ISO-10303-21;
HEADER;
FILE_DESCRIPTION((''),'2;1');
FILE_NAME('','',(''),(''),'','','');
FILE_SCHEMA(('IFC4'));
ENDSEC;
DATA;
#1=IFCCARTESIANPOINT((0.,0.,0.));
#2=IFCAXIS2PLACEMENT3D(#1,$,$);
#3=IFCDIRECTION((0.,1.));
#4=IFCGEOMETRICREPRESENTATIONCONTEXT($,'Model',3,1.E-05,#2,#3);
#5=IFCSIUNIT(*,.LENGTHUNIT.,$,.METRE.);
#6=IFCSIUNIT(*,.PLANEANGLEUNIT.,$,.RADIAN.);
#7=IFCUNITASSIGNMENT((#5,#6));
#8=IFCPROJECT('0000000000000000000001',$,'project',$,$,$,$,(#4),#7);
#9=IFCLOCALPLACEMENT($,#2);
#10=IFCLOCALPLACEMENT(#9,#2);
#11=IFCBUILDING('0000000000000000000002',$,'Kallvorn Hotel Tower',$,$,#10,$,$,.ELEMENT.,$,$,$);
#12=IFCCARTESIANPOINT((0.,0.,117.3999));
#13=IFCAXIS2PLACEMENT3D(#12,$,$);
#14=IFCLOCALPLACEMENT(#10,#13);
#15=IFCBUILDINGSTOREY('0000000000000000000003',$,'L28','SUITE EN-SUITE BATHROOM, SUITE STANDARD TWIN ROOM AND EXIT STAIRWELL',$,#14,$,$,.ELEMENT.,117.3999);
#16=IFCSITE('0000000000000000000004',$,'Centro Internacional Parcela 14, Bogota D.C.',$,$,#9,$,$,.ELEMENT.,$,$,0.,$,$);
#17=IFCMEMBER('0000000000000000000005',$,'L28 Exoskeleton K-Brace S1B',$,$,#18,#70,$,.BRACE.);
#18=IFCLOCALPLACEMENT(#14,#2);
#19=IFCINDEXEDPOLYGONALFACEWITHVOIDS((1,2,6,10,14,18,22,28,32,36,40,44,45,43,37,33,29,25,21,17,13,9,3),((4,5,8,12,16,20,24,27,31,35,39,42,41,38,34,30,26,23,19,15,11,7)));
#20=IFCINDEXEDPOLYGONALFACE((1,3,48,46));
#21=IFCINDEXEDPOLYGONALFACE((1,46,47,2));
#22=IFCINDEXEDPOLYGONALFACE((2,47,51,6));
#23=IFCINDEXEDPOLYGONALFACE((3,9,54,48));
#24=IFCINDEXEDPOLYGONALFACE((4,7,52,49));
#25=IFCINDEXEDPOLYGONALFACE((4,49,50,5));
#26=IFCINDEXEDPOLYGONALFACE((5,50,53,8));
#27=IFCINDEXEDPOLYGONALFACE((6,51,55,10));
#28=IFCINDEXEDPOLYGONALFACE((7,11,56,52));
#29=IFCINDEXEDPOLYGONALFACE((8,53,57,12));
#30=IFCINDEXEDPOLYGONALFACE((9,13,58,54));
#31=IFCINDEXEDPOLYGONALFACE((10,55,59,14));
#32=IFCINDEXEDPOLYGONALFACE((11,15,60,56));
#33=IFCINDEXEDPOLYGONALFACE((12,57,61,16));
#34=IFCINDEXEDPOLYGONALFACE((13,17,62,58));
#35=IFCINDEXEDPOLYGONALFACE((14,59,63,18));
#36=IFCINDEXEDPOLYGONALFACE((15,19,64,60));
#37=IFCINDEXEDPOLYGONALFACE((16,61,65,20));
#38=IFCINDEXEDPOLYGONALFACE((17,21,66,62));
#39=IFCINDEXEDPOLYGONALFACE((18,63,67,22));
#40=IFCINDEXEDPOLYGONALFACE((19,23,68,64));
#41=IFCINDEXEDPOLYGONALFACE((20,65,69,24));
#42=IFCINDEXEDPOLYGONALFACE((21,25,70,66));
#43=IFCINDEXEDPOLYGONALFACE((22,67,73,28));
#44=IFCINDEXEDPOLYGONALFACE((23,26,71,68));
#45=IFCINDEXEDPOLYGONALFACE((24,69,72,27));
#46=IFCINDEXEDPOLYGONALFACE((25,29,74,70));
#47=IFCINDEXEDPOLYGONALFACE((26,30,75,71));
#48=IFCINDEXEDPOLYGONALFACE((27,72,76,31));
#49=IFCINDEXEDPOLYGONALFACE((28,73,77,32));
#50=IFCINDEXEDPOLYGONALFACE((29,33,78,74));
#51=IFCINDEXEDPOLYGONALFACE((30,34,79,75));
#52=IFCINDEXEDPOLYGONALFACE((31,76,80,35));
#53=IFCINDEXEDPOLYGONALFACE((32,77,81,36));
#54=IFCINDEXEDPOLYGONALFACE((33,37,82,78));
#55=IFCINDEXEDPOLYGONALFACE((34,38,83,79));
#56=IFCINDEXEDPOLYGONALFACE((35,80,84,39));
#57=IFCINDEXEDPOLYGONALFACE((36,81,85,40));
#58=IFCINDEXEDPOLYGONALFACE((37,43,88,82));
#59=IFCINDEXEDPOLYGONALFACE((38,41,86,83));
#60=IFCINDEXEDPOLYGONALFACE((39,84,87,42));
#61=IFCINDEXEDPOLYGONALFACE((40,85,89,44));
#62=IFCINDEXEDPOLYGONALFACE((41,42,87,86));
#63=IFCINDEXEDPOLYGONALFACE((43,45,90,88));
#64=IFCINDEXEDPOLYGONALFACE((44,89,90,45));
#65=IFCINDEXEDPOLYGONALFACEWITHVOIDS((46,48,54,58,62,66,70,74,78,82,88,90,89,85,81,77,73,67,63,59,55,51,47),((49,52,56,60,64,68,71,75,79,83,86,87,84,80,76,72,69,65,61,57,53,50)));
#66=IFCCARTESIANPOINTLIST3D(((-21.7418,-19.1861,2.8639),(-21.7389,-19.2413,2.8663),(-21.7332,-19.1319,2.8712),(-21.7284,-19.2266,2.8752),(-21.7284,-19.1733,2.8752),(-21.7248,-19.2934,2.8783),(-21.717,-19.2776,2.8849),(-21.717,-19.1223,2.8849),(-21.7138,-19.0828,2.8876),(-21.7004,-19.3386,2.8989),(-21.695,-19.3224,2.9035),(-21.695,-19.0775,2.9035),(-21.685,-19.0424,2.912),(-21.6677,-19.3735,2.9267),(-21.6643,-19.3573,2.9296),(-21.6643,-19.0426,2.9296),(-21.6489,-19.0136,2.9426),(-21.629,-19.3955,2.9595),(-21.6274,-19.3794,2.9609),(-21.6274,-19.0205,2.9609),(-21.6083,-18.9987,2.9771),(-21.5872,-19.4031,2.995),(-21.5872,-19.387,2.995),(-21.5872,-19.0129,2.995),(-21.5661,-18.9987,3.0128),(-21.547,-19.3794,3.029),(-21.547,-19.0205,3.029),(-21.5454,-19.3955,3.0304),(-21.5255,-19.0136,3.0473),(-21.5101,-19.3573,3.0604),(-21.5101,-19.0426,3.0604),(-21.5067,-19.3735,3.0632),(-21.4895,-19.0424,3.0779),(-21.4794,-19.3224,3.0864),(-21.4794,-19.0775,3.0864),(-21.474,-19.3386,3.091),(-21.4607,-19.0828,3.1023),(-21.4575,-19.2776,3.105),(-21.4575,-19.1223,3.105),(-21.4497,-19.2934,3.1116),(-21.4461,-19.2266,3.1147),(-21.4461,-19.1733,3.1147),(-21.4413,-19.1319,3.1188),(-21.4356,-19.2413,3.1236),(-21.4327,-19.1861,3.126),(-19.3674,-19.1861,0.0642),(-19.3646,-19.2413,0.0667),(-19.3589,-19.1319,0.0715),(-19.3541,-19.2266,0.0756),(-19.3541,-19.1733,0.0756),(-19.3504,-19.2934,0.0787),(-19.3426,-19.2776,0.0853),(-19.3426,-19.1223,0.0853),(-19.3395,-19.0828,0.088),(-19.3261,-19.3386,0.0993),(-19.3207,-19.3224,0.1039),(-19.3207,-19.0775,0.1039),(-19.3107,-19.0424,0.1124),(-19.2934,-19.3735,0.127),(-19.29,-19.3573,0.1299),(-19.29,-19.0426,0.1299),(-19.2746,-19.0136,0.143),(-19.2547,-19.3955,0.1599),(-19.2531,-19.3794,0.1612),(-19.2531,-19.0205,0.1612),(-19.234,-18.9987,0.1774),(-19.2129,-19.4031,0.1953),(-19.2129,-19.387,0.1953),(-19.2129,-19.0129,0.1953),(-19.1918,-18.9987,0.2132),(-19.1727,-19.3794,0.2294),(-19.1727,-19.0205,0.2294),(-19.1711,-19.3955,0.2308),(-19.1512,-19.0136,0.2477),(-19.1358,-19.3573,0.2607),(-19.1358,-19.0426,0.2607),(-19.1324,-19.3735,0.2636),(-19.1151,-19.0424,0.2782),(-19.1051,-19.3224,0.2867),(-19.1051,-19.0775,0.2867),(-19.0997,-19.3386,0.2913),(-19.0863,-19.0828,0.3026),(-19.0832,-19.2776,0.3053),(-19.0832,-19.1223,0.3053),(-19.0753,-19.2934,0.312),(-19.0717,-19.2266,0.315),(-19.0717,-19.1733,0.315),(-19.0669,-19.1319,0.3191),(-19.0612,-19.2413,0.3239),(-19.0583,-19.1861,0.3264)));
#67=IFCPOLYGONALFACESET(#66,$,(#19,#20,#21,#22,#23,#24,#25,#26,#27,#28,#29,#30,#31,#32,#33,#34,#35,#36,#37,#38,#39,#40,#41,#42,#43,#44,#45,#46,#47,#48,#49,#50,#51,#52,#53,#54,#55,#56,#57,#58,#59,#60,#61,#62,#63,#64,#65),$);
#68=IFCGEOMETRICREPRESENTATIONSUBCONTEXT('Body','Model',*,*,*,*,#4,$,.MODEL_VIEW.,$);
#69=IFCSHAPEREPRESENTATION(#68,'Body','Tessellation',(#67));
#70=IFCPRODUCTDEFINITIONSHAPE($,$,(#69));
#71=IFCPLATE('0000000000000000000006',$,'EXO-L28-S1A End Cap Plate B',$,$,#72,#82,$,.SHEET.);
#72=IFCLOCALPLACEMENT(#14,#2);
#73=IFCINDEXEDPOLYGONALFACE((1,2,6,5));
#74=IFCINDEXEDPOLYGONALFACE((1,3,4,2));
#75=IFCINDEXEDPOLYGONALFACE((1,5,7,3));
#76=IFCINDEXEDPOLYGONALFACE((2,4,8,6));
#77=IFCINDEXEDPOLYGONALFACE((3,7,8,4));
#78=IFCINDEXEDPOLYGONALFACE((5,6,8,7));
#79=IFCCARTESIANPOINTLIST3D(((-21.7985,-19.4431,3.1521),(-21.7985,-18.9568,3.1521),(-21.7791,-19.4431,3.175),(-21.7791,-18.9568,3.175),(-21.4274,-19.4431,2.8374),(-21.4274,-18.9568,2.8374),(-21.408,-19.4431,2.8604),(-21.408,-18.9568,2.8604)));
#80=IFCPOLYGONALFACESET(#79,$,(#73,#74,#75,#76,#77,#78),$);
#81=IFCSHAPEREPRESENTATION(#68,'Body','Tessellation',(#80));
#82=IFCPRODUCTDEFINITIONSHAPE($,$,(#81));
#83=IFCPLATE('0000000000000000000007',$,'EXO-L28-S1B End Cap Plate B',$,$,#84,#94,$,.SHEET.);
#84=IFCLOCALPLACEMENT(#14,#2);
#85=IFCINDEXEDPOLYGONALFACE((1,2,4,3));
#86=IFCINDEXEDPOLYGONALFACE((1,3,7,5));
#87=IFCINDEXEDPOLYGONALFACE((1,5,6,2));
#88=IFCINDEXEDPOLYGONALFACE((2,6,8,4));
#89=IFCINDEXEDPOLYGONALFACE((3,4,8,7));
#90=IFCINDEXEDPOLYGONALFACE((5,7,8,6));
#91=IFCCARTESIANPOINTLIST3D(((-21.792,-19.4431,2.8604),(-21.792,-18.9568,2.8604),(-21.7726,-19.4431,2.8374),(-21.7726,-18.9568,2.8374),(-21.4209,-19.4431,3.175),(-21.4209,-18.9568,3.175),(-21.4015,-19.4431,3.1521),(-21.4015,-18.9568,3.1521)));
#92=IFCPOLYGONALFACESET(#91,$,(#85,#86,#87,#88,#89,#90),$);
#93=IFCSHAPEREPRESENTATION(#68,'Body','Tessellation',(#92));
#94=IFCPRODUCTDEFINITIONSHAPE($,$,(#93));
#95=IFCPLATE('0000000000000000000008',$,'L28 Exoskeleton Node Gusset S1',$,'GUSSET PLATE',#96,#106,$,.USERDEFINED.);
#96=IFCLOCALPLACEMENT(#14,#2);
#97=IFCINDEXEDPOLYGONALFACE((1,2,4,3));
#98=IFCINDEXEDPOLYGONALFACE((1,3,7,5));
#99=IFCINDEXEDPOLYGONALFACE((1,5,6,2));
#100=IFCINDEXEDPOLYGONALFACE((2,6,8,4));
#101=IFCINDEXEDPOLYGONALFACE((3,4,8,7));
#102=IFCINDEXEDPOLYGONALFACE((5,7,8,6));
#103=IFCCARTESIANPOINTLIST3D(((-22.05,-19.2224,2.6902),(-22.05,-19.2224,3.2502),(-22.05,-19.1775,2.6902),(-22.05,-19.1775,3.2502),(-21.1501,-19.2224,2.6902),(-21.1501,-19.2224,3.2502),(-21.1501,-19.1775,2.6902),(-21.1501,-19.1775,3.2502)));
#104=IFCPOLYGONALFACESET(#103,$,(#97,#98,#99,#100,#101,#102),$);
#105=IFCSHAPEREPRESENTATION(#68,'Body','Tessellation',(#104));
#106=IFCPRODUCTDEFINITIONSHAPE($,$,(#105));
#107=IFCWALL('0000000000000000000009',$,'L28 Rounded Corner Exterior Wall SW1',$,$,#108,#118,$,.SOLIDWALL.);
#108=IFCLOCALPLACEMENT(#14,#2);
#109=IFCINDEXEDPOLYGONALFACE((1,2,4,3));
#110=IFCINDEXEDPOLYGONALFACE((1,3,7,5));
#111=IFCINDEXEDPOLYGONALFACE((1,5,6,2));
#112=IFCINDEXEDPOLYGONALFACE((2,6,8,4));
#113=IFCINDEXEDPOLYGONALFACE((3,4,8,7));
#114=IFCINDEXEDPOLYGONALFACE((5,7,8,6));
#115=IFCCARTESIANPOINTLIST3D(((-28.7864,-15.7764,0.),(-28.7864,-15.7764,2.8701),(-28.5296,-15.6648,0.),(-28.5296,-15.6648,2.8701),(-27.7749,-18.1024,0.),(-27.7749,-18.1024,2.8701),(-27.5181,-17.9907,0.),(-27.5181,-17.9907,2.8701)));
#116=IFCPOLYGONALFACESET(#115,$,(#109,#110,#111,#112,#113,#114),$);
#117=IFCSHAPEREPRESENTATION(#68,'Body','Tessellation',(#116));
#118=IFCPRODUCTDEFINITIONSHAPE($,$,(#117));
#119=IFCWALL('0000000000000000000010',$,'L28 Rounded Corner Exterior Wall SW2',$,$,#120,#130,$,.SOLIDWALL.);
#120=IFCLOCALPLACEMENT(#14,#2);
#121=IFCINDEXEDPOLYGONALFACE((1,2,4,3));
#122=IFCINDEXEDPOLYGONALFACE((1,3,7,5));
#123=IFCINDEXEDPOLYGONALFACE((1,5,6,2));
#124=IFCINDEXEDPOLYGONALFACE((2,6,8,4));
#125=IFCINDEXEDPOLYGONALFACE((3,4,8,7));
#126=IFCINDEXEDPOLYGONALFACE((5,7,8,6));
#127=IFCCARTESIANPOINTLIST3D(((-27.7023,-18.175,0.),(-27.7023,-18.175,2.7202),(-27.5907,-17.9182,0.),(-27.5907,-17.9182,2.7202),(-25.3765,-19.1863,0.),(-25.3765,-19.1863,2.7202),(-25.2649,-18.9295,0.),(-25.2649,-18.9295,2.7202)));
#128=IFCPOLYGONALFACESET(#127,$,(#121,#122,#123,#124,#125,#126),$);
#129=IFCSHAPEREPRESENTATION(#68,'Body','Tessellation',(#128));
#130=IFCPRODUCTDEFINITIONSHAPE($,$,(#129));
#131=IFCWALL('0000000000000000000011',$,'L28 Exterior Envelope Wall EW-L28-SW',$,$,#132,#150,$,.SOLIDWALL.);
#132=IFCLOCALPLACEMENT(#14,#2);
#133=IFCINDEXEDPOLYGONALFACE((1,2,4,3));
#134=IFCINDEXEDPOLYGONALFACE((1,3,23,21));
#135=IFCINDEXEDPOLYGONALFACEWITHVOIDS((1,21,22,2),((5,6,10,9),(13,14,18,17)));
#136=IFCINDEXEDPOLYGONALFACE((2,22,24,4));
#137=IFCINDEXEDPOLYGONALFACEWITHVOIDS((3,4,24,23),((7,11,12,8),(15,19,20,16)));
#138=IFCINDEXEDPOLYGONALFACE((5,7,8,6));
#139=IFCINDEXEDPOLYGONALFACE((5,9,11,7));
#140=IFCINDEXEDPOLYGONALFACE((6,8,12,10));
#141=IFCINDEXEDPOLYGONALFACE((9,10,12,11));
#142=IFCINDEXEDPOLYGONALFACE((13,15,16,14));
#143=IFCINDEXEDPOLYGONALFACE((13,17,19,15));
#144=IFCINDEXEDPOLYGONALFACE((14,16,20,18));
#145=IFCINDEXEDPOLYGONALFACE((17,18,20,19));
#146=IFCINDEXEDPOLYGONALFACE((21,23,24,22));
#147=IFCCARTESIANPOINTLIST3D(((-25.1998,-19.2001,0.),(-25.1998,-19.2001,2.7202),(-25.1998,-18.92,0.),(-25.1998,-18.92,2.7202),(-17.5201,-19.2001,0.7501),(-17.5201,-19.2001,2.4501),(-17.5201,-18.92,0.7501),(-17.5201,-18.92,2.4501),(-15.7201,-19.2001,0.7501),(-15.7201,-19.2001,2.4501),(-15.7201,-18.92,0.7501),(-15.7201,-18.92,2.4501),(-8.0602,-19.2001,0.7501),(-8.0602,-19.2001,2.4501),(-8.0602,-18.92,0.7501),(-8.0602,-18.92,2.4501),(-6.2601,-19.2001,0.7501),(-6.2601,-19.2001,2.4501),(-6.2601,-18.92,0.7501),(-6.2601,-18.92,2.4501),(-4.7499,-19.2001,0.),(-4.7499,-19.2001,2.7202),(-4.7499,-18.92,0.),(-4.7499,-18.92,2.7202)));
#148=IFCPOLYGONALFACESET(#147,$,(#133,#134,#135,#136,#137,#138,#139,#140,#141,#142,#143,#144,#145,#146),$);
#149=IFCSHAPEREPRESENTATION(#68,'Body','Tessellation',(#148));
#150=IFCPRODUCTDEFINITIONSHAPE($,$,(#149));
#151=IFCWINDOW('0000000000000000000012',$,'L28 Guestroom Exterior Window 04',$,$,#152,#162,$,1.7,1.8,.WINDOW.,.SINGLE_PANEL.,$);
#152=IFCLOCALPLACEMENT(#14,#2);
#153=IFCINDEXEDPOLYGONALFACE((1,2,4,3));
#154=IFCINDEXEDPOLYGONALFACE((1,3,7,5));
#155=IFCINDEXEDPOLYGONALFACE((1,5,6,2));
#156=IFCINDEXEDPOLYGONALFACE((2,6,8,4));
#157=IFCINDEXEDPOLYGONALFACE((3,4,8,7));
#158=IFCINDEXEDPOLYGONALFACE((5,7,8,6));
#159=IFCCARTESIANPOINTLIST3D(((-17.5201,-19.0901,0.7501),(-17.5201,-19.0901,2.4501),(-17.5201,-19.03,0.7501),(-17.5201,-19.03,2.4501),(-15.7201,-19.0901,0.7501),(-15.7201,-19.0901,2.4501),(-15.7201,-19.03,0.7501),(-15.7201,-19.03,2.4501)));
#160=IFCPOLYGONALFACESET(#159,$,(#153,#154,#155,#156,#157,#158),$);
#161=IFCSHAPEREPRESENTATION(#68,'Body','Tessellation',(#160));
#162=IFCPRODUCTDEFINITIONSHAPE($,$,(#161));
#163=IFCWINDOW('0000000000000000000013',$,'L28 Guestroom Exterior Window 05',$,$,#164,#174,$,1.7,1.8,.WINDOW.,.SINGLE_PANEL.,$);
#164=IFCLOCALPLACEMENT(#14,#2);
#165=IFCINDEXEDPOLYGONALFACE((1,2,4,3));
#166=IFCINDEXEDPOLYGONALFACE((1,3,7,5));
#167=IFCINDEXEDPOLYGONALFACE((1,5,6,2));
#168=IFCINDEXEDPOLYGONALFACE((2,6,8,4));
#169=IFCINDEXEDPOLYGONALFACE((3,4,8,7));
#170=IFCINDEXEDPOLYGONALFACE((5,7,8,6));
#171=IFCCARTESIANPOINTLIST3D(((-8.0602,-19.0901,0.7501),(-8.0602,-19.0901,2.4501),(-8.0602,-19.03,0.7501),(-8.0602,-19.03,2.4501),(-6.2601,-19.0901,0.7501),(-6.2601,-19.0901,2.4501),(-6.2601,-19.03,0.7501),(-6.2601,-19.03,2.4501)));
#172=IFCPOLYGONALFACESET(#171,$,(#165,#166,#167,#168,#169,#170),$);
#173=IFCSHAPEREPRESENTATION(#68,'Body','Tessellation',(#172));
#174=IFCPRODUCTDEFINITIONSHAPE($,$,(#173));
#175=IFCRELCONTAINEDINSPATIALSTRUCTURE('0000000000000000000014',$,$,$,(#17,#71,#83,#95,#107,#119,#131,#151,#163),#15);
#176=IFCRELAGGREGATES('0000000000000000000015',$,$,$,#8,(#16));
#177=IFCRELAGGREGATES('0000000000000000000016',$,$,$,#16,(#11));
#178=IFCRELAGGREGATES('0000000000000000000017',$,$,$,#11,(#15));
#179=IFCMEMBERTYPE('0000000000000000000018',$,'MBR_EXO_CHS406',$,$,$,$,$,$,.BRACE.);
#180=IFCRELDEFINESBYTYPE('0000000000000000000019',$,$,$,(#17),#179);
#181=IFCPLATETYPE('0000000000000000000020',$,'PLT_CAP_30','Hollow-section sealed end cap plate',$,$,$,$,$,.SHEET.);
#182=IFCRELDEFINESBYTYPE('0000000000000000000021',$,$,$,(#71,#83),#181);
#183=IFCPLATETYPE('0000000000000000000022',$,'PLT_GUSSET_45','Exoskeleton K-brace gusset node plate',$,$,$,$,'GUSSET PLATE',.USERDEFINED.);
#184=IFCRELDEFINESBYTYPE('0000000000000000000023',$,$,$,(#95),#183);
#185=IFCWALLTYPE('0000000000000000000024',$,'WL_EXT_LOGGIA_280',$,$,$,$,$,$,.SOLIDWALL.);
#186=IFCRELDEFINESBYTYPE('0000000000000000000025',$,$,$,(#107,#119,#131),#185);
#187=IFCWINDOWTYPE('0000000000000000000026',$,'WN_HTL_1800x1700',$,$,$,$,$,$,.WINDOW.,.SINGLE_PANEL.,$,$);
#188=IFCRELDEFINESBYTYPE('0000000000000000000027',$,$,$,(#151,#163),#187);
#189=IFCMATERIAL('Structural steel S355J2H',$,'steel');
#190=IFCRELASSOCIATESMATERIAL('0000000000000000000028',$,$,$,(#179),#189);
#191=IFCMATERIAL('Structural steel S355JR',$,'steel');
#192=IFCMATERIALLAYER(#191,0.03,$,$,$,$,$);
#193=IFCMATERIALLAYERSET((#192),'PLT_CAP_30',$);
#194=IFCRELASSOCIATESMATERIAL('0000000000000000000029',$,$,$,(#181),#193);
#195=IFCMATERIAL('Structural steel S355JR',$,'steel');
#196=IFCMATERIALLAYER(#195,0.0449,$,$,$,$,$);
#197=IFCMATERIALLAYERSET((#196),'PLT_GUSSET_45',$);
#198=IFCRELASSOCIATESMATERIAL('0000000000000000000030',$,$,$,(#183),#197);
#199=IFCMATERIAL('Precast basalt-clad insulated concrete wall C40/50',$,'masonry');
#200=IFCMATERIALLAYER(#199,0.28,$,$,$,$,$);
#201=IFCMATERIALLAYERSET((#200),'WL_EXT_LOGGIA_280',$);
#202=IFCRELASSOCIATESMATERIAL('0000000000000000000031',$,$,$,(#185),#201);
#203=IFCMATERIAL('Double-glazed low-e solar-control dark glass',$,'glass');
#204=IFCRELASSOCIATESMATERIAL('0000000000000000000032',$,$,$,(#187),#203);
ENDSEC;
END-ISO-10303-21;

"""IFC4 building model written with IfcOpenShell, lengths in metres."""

from ifc_helpers import new_model, si_unit, direction, frame, frame_2d, origin, origin_2d, place, context, subcontext, project, spatial, polyline, rectangle, hollow_circle, outline, extrude, material, layer, layer_set, material_profile, profile_set, type_object, element, fill, save


model = new_model("IFC4")

# Units and contexts
model_context = context("Model", 3, precision=1e-05, world=origin(), true_north=direction((0.0, 1.0)))
body_context = subcontext(model_context, "Body", "Model", "MODEL_VIEW")
ifc_project = project(units=[si_unit("LENGTHUNIT", "METRE"), si_unit("PLANEANGLEUNIT", "RADIAN")], contexts=[model_context])

# Site, building, storey
site_placement = place(None, origin())
site = spatial("IfcSite", under=ifc_project, at=site_placement, Name="Centro Internacional Parcela 14, Bogota D.C.", CompositionType="ELEMENT", RefElevation=0.0)
building_placement = place(site_placement, origin())
building = spatial("IfcBuilding", under=site, at=building_placement, Name="Kallvorn Hotel Tower", CompositionType="ELEMENT")
storey_placement = place(building_placement, frame((0.0, 0.0, 117.3999)))
storey = spatial("IfcBuildingStorey", under=building, at=storey_placement, Name="L28", Description="SUITE EN-SUITE BATHROOM, SUITE STANDARD TWIN ROOM AND EXIT STAIRWELL", CompositionType="ELEMENT", Elevation=117.3999)

# Member
ifc_material_1 = material(Name="Structural steel S355J2H", Category="steel")
ifc_material_profile_1 = material_profile(ifc_material_1, hollow_circle(Radius=0.2031, WallThickness=0.0161, at=origin_2d()), Name="CHS 406.4x16")
ifc_profile_set_1 = profile_set([ifc_material_profile_1], Name="Structural steel S355J2H")
member_type = type_object("IfcMemberType", Name="MBR_EXO_CHS406", PredefinedType="BRACE", material=ifc_profile_set_1)
for number, where, z_axis, x_axis, name in (
    (1, (-19.2129, -19.2, 0.1953), (-0.6468, 0.0, 0.762659), (0.0, -1.0, 0.0), "L28 Exoskeleton K-Brace S1B"),
):
    element("IfcMember", number, at=place(storey_placement, frame(where, z_axis=z_axis, x_axis=x_axis)), inside=storey, type_object=member_type, Name=name, PredefinedType="BRACE", context=body_context, shape_type="SweptSolid", body=[
        extrude(hollow_circle(Radius=0.2031, WallThickness=0.0161, at=origin_2d()), origin(), (0.0, 0.0, 1.0), 3.6709),
    ])

# Plates
ifc_material_2 = material(Name="Structural steel S355JR", Category="steel")
ifc_layer_1 = layer(ifc_material_2, 0.03)
ifc_layer_set_1 = layer_set([ifc_layer_1], Name="PLT_CAP_30")
plate_type_1 = type_object("IfcPlateType", Name="PLT_CAP_30", Description="Hollow-section sealed end cap plate", PredefinedType="SHEET", material=ifc_layer_set_1)
for number, where, z_axis, x_axis, name in (
    (2, (-21.408, -19.4431, 2.8604), (0.646774, 0.0, 0.762682), (0.0, 1.0, 0.0), "EXO-L28-S1A End Cap Plate B"),
    (3, (-21.792, -18.9568, 2.8604), (-0.646774, 0.0, 0.762682), (0.0, -1.0, 0.0), "EXO-L28-S1B End Cap Plate B"),
):
    element("IfcPlate", number, at=place(storey_placement, frame(where, z_axis=z_axis, x_axis=x_axis)), inside=storey, type_object=plate_type_1, Name=name, PredefinedType="SHEET", context=body_context, shape_type="SweptSolid", body=[
        extrude(outline(polyline([(0.0, 0.0), (0.4863, 0.0), (0.4863, 0.4866), (0.0, 0.4866), (0.0, 0.0)])), origin(), (0.0, 0.0, -1.0), 0.03),
    ])
ifc_material_3 = material(Name="Structural steel S355JR", Category="steel")
ifc_layer_2 = layer(ifc_material_3, 0.0449)
ifc_layer_set_2 = layer_set([ifc_layer_2], Name="PLT_GUSSET_45")
plate_type_2 = type_object("IfcPlateType", Name="PLT_GUSSET_45", Description="Exoskeleton K-brace gusset node plate", ElementType="GUSSET PLATE", PredefinedType="USERDEFINED", material=ifc_layer_set_2)
plate_placement = place(storey_placement, frame((-21.6001, -19.2, 2.6902), z_axis=(0.0, 0.0, 1.0), x_axis=(1.0, 0.0, 0.0)))
element("IfcPlate", 4, at=plate_placement, inside=storey, type_object=plate_type_2, Name="L28 Exoskeleton Node Gusset S1", ObjectType="GUSSET PLATE", PredefinedType="USERDEFINED", context=body_context, shape_type="SweptSolid", body=[
    extrude(rectangle(XDim=0.8999, YDim=0.0449, at=origin_2d()), origin(), (0.0, 0.0, 1.0), 0.5601),
])

# Walls
ifc_material_4 = material(Name="Precast basalt-clad insulated concrete wall C40/50", Category="masonry")
ifc_layer_3 = layer(ifc_material_4, 0.28)
ifc_layer_set_3 = layer_set([ifc_layer_3], Name="WL_EXT_LOGGIA_280")
wall_type_1 = type_object("IfcWallType", Name="WL_EXT_LOGGIA_280", PredefinedType="SOLIDWALL", material=ifc_layer_set_3)
wall_1_placement = place(storey_placement, frame((-28.658, -15.7207, 0.0), z_axis=(0.0, 0.0, 1.0), x_axis=(0.398793, -0.917041, 0.0)))
element("IfcWall", 5, at=wall_1_placement, inside=storey, type_object=wall_type_1, Name="L28 Rounded Corner Exterior Wall SW1", PredefinedType="SOLIDWALL", context=body_context, shape_type="SweptSolid", body=[
    extrude(rectangle(XDim=2.5364, YDim=0.28, at=frame_2d((1.2681, 0.0))), origin(), (0.0, 0.0, 1.0), 2.8701),
])
wall_2_placement = place(storey_placement, frame((-27.6465, -18.0466, 0.0), z_axis=(0.0, 0.0, 1.0), x_axis=(0.917061, -0.398747, 0.0)))
element("IfcWall", 6, at=wall_2_placement, inside=storey, type_object=wall_type_1, Name="L28 Rounded Corner Exterior Wall SW2", PredefinedType="SOLIDWALL", context=body_context, shape_type="SweptSolid", body=[
    extrude(rectangle(XDim=2.5361, YDim=0.28, at=frame_2d((1.2681, 0.0))), origin(), (0.0, 0.0, 1.0), 2.7202),
])

# Wall, openings, windows
wall_3_placement = place(storey_placement, frame((-25.2, -19.0601, 0.0), z_axis=(0.0, 0.0, 1.0), x_axis=(1.0, 0.0, 0.0)))
wall_3 = element("IfcWall", 7, at=wall_3_placement, inside=storey, type_object=wall_type_1, Name="L28 Exterior Envelope Wall EW-L28-SW", PredefinedType="SOLIDWALL", context=body_context, shape_type="SweptSolid", body=[
    extrude(rectangle(XDim=20.45, YDim=0.28, at=frame_2d((10.2251, 0.0))), origin(), (0.0, 0.0, 1.0), 2.7202),
])
opening_1_placement = place(wall_3_placement, frame((7.6799, 0.0, 0.75)))
opening_1 = element("IfcOpeningElement", 8, at=opening_1_placement, cuts=wall_3, PredefinedType="OPENING", context=body_context, shape_type="SweptSolid", body=[
    extrude(rectangle(XDim=1.8, YDim=1.7, at=frame_2d((0.8999, 0.8501))), frame((0.0, 0.155, 0.0), z_axis=(0.0, -1.0, 0.0), x_axis=(1.0, 0.0, 0.0)), (0.0, 0.0, 1.0), 0.3101),
])
opening_2_placement = place(wall_3_placement, frame((17.1399, 0.0, 0.75)))
opening_2 = element("IfcOpeningElement", 9, at=opening_2_placement, cuts=wall_3, PredefinedType="OPENING", context=body_context, shape_type="SweptSolid", body=[
    extrude(rectangle(XDim=1.8, YDim=1.7, at=frame_2d((0.8999, 0.8501))), frame((0.0, 0.155, 0.0), z_axis=(0.0, -1.0, 0.0), x_axis=(1.0, 0.0, 0.0)), (0.0, 0.0, 1.0), 0.3101),
])
ifc_material_5 = material(Name="Double-glazed low-e solar-control dark glass", Category="glass")
window_type_1 = type_object("IfcWindowType", Name="WN_HTL_1800x1700", PartitioningType="SINGLE_PANEL", PredefinedType="WINDOW", material=ifc_material_5)
window_1_placement = place(opening_1_placement, origin())
window_1 = element("IfcWindow", 10, at=window_1_placement, inside=storey, type_object=window_type_1, Name="L28 Guestroom Exterior Window 04", OverallHeight=1.7, OverallWidth=1.8, PartitioningType="SINGLE_PANEL", PredefinedType="WINDOW", context=body_context, shape_type="SweptSolid", body=[
    extrude(rectangle(XDim=1.8, YDim=1.7, at=frame_2d((0.8999, 0.8501))), frame((0.0, 0.03, 0.0), z_axis=(0.0, -1.0, 0.0), x_axis=(1.0, 0.0, 0.0)), (0.0, 0.0, 1.0), 0.0601),
])
fill(opening_1, window_1)
window_2_placement = place(opening_2_placement, origin())
window_2 = element("IfcWindow", 11, at=window_2_placement, inside=storey, type_object=window_type_1, Name="L28 Guestroom Exterior Window 05", OverallHeight=1.7, OverallWidth=1.8, PartitioningType="SINGLE_PANEL", PredefinedType="WINDOW", context=body_context, shape_type="SweptSolid", body=[
    extrude(rectangle(XDim=1.8, YDim=1.7, at=frame_2d((0.8999, 0.8501))), frame((0.0, 0.03, 0.0), z_axis=(0.0, -1.0, 0.0), x_axis=(1.0, 0.0, 0.0)), (0.0, 0.0, 1.0), 0.0601),
])
fill(opening_2, window_2)

save(model, "model.ifc")
